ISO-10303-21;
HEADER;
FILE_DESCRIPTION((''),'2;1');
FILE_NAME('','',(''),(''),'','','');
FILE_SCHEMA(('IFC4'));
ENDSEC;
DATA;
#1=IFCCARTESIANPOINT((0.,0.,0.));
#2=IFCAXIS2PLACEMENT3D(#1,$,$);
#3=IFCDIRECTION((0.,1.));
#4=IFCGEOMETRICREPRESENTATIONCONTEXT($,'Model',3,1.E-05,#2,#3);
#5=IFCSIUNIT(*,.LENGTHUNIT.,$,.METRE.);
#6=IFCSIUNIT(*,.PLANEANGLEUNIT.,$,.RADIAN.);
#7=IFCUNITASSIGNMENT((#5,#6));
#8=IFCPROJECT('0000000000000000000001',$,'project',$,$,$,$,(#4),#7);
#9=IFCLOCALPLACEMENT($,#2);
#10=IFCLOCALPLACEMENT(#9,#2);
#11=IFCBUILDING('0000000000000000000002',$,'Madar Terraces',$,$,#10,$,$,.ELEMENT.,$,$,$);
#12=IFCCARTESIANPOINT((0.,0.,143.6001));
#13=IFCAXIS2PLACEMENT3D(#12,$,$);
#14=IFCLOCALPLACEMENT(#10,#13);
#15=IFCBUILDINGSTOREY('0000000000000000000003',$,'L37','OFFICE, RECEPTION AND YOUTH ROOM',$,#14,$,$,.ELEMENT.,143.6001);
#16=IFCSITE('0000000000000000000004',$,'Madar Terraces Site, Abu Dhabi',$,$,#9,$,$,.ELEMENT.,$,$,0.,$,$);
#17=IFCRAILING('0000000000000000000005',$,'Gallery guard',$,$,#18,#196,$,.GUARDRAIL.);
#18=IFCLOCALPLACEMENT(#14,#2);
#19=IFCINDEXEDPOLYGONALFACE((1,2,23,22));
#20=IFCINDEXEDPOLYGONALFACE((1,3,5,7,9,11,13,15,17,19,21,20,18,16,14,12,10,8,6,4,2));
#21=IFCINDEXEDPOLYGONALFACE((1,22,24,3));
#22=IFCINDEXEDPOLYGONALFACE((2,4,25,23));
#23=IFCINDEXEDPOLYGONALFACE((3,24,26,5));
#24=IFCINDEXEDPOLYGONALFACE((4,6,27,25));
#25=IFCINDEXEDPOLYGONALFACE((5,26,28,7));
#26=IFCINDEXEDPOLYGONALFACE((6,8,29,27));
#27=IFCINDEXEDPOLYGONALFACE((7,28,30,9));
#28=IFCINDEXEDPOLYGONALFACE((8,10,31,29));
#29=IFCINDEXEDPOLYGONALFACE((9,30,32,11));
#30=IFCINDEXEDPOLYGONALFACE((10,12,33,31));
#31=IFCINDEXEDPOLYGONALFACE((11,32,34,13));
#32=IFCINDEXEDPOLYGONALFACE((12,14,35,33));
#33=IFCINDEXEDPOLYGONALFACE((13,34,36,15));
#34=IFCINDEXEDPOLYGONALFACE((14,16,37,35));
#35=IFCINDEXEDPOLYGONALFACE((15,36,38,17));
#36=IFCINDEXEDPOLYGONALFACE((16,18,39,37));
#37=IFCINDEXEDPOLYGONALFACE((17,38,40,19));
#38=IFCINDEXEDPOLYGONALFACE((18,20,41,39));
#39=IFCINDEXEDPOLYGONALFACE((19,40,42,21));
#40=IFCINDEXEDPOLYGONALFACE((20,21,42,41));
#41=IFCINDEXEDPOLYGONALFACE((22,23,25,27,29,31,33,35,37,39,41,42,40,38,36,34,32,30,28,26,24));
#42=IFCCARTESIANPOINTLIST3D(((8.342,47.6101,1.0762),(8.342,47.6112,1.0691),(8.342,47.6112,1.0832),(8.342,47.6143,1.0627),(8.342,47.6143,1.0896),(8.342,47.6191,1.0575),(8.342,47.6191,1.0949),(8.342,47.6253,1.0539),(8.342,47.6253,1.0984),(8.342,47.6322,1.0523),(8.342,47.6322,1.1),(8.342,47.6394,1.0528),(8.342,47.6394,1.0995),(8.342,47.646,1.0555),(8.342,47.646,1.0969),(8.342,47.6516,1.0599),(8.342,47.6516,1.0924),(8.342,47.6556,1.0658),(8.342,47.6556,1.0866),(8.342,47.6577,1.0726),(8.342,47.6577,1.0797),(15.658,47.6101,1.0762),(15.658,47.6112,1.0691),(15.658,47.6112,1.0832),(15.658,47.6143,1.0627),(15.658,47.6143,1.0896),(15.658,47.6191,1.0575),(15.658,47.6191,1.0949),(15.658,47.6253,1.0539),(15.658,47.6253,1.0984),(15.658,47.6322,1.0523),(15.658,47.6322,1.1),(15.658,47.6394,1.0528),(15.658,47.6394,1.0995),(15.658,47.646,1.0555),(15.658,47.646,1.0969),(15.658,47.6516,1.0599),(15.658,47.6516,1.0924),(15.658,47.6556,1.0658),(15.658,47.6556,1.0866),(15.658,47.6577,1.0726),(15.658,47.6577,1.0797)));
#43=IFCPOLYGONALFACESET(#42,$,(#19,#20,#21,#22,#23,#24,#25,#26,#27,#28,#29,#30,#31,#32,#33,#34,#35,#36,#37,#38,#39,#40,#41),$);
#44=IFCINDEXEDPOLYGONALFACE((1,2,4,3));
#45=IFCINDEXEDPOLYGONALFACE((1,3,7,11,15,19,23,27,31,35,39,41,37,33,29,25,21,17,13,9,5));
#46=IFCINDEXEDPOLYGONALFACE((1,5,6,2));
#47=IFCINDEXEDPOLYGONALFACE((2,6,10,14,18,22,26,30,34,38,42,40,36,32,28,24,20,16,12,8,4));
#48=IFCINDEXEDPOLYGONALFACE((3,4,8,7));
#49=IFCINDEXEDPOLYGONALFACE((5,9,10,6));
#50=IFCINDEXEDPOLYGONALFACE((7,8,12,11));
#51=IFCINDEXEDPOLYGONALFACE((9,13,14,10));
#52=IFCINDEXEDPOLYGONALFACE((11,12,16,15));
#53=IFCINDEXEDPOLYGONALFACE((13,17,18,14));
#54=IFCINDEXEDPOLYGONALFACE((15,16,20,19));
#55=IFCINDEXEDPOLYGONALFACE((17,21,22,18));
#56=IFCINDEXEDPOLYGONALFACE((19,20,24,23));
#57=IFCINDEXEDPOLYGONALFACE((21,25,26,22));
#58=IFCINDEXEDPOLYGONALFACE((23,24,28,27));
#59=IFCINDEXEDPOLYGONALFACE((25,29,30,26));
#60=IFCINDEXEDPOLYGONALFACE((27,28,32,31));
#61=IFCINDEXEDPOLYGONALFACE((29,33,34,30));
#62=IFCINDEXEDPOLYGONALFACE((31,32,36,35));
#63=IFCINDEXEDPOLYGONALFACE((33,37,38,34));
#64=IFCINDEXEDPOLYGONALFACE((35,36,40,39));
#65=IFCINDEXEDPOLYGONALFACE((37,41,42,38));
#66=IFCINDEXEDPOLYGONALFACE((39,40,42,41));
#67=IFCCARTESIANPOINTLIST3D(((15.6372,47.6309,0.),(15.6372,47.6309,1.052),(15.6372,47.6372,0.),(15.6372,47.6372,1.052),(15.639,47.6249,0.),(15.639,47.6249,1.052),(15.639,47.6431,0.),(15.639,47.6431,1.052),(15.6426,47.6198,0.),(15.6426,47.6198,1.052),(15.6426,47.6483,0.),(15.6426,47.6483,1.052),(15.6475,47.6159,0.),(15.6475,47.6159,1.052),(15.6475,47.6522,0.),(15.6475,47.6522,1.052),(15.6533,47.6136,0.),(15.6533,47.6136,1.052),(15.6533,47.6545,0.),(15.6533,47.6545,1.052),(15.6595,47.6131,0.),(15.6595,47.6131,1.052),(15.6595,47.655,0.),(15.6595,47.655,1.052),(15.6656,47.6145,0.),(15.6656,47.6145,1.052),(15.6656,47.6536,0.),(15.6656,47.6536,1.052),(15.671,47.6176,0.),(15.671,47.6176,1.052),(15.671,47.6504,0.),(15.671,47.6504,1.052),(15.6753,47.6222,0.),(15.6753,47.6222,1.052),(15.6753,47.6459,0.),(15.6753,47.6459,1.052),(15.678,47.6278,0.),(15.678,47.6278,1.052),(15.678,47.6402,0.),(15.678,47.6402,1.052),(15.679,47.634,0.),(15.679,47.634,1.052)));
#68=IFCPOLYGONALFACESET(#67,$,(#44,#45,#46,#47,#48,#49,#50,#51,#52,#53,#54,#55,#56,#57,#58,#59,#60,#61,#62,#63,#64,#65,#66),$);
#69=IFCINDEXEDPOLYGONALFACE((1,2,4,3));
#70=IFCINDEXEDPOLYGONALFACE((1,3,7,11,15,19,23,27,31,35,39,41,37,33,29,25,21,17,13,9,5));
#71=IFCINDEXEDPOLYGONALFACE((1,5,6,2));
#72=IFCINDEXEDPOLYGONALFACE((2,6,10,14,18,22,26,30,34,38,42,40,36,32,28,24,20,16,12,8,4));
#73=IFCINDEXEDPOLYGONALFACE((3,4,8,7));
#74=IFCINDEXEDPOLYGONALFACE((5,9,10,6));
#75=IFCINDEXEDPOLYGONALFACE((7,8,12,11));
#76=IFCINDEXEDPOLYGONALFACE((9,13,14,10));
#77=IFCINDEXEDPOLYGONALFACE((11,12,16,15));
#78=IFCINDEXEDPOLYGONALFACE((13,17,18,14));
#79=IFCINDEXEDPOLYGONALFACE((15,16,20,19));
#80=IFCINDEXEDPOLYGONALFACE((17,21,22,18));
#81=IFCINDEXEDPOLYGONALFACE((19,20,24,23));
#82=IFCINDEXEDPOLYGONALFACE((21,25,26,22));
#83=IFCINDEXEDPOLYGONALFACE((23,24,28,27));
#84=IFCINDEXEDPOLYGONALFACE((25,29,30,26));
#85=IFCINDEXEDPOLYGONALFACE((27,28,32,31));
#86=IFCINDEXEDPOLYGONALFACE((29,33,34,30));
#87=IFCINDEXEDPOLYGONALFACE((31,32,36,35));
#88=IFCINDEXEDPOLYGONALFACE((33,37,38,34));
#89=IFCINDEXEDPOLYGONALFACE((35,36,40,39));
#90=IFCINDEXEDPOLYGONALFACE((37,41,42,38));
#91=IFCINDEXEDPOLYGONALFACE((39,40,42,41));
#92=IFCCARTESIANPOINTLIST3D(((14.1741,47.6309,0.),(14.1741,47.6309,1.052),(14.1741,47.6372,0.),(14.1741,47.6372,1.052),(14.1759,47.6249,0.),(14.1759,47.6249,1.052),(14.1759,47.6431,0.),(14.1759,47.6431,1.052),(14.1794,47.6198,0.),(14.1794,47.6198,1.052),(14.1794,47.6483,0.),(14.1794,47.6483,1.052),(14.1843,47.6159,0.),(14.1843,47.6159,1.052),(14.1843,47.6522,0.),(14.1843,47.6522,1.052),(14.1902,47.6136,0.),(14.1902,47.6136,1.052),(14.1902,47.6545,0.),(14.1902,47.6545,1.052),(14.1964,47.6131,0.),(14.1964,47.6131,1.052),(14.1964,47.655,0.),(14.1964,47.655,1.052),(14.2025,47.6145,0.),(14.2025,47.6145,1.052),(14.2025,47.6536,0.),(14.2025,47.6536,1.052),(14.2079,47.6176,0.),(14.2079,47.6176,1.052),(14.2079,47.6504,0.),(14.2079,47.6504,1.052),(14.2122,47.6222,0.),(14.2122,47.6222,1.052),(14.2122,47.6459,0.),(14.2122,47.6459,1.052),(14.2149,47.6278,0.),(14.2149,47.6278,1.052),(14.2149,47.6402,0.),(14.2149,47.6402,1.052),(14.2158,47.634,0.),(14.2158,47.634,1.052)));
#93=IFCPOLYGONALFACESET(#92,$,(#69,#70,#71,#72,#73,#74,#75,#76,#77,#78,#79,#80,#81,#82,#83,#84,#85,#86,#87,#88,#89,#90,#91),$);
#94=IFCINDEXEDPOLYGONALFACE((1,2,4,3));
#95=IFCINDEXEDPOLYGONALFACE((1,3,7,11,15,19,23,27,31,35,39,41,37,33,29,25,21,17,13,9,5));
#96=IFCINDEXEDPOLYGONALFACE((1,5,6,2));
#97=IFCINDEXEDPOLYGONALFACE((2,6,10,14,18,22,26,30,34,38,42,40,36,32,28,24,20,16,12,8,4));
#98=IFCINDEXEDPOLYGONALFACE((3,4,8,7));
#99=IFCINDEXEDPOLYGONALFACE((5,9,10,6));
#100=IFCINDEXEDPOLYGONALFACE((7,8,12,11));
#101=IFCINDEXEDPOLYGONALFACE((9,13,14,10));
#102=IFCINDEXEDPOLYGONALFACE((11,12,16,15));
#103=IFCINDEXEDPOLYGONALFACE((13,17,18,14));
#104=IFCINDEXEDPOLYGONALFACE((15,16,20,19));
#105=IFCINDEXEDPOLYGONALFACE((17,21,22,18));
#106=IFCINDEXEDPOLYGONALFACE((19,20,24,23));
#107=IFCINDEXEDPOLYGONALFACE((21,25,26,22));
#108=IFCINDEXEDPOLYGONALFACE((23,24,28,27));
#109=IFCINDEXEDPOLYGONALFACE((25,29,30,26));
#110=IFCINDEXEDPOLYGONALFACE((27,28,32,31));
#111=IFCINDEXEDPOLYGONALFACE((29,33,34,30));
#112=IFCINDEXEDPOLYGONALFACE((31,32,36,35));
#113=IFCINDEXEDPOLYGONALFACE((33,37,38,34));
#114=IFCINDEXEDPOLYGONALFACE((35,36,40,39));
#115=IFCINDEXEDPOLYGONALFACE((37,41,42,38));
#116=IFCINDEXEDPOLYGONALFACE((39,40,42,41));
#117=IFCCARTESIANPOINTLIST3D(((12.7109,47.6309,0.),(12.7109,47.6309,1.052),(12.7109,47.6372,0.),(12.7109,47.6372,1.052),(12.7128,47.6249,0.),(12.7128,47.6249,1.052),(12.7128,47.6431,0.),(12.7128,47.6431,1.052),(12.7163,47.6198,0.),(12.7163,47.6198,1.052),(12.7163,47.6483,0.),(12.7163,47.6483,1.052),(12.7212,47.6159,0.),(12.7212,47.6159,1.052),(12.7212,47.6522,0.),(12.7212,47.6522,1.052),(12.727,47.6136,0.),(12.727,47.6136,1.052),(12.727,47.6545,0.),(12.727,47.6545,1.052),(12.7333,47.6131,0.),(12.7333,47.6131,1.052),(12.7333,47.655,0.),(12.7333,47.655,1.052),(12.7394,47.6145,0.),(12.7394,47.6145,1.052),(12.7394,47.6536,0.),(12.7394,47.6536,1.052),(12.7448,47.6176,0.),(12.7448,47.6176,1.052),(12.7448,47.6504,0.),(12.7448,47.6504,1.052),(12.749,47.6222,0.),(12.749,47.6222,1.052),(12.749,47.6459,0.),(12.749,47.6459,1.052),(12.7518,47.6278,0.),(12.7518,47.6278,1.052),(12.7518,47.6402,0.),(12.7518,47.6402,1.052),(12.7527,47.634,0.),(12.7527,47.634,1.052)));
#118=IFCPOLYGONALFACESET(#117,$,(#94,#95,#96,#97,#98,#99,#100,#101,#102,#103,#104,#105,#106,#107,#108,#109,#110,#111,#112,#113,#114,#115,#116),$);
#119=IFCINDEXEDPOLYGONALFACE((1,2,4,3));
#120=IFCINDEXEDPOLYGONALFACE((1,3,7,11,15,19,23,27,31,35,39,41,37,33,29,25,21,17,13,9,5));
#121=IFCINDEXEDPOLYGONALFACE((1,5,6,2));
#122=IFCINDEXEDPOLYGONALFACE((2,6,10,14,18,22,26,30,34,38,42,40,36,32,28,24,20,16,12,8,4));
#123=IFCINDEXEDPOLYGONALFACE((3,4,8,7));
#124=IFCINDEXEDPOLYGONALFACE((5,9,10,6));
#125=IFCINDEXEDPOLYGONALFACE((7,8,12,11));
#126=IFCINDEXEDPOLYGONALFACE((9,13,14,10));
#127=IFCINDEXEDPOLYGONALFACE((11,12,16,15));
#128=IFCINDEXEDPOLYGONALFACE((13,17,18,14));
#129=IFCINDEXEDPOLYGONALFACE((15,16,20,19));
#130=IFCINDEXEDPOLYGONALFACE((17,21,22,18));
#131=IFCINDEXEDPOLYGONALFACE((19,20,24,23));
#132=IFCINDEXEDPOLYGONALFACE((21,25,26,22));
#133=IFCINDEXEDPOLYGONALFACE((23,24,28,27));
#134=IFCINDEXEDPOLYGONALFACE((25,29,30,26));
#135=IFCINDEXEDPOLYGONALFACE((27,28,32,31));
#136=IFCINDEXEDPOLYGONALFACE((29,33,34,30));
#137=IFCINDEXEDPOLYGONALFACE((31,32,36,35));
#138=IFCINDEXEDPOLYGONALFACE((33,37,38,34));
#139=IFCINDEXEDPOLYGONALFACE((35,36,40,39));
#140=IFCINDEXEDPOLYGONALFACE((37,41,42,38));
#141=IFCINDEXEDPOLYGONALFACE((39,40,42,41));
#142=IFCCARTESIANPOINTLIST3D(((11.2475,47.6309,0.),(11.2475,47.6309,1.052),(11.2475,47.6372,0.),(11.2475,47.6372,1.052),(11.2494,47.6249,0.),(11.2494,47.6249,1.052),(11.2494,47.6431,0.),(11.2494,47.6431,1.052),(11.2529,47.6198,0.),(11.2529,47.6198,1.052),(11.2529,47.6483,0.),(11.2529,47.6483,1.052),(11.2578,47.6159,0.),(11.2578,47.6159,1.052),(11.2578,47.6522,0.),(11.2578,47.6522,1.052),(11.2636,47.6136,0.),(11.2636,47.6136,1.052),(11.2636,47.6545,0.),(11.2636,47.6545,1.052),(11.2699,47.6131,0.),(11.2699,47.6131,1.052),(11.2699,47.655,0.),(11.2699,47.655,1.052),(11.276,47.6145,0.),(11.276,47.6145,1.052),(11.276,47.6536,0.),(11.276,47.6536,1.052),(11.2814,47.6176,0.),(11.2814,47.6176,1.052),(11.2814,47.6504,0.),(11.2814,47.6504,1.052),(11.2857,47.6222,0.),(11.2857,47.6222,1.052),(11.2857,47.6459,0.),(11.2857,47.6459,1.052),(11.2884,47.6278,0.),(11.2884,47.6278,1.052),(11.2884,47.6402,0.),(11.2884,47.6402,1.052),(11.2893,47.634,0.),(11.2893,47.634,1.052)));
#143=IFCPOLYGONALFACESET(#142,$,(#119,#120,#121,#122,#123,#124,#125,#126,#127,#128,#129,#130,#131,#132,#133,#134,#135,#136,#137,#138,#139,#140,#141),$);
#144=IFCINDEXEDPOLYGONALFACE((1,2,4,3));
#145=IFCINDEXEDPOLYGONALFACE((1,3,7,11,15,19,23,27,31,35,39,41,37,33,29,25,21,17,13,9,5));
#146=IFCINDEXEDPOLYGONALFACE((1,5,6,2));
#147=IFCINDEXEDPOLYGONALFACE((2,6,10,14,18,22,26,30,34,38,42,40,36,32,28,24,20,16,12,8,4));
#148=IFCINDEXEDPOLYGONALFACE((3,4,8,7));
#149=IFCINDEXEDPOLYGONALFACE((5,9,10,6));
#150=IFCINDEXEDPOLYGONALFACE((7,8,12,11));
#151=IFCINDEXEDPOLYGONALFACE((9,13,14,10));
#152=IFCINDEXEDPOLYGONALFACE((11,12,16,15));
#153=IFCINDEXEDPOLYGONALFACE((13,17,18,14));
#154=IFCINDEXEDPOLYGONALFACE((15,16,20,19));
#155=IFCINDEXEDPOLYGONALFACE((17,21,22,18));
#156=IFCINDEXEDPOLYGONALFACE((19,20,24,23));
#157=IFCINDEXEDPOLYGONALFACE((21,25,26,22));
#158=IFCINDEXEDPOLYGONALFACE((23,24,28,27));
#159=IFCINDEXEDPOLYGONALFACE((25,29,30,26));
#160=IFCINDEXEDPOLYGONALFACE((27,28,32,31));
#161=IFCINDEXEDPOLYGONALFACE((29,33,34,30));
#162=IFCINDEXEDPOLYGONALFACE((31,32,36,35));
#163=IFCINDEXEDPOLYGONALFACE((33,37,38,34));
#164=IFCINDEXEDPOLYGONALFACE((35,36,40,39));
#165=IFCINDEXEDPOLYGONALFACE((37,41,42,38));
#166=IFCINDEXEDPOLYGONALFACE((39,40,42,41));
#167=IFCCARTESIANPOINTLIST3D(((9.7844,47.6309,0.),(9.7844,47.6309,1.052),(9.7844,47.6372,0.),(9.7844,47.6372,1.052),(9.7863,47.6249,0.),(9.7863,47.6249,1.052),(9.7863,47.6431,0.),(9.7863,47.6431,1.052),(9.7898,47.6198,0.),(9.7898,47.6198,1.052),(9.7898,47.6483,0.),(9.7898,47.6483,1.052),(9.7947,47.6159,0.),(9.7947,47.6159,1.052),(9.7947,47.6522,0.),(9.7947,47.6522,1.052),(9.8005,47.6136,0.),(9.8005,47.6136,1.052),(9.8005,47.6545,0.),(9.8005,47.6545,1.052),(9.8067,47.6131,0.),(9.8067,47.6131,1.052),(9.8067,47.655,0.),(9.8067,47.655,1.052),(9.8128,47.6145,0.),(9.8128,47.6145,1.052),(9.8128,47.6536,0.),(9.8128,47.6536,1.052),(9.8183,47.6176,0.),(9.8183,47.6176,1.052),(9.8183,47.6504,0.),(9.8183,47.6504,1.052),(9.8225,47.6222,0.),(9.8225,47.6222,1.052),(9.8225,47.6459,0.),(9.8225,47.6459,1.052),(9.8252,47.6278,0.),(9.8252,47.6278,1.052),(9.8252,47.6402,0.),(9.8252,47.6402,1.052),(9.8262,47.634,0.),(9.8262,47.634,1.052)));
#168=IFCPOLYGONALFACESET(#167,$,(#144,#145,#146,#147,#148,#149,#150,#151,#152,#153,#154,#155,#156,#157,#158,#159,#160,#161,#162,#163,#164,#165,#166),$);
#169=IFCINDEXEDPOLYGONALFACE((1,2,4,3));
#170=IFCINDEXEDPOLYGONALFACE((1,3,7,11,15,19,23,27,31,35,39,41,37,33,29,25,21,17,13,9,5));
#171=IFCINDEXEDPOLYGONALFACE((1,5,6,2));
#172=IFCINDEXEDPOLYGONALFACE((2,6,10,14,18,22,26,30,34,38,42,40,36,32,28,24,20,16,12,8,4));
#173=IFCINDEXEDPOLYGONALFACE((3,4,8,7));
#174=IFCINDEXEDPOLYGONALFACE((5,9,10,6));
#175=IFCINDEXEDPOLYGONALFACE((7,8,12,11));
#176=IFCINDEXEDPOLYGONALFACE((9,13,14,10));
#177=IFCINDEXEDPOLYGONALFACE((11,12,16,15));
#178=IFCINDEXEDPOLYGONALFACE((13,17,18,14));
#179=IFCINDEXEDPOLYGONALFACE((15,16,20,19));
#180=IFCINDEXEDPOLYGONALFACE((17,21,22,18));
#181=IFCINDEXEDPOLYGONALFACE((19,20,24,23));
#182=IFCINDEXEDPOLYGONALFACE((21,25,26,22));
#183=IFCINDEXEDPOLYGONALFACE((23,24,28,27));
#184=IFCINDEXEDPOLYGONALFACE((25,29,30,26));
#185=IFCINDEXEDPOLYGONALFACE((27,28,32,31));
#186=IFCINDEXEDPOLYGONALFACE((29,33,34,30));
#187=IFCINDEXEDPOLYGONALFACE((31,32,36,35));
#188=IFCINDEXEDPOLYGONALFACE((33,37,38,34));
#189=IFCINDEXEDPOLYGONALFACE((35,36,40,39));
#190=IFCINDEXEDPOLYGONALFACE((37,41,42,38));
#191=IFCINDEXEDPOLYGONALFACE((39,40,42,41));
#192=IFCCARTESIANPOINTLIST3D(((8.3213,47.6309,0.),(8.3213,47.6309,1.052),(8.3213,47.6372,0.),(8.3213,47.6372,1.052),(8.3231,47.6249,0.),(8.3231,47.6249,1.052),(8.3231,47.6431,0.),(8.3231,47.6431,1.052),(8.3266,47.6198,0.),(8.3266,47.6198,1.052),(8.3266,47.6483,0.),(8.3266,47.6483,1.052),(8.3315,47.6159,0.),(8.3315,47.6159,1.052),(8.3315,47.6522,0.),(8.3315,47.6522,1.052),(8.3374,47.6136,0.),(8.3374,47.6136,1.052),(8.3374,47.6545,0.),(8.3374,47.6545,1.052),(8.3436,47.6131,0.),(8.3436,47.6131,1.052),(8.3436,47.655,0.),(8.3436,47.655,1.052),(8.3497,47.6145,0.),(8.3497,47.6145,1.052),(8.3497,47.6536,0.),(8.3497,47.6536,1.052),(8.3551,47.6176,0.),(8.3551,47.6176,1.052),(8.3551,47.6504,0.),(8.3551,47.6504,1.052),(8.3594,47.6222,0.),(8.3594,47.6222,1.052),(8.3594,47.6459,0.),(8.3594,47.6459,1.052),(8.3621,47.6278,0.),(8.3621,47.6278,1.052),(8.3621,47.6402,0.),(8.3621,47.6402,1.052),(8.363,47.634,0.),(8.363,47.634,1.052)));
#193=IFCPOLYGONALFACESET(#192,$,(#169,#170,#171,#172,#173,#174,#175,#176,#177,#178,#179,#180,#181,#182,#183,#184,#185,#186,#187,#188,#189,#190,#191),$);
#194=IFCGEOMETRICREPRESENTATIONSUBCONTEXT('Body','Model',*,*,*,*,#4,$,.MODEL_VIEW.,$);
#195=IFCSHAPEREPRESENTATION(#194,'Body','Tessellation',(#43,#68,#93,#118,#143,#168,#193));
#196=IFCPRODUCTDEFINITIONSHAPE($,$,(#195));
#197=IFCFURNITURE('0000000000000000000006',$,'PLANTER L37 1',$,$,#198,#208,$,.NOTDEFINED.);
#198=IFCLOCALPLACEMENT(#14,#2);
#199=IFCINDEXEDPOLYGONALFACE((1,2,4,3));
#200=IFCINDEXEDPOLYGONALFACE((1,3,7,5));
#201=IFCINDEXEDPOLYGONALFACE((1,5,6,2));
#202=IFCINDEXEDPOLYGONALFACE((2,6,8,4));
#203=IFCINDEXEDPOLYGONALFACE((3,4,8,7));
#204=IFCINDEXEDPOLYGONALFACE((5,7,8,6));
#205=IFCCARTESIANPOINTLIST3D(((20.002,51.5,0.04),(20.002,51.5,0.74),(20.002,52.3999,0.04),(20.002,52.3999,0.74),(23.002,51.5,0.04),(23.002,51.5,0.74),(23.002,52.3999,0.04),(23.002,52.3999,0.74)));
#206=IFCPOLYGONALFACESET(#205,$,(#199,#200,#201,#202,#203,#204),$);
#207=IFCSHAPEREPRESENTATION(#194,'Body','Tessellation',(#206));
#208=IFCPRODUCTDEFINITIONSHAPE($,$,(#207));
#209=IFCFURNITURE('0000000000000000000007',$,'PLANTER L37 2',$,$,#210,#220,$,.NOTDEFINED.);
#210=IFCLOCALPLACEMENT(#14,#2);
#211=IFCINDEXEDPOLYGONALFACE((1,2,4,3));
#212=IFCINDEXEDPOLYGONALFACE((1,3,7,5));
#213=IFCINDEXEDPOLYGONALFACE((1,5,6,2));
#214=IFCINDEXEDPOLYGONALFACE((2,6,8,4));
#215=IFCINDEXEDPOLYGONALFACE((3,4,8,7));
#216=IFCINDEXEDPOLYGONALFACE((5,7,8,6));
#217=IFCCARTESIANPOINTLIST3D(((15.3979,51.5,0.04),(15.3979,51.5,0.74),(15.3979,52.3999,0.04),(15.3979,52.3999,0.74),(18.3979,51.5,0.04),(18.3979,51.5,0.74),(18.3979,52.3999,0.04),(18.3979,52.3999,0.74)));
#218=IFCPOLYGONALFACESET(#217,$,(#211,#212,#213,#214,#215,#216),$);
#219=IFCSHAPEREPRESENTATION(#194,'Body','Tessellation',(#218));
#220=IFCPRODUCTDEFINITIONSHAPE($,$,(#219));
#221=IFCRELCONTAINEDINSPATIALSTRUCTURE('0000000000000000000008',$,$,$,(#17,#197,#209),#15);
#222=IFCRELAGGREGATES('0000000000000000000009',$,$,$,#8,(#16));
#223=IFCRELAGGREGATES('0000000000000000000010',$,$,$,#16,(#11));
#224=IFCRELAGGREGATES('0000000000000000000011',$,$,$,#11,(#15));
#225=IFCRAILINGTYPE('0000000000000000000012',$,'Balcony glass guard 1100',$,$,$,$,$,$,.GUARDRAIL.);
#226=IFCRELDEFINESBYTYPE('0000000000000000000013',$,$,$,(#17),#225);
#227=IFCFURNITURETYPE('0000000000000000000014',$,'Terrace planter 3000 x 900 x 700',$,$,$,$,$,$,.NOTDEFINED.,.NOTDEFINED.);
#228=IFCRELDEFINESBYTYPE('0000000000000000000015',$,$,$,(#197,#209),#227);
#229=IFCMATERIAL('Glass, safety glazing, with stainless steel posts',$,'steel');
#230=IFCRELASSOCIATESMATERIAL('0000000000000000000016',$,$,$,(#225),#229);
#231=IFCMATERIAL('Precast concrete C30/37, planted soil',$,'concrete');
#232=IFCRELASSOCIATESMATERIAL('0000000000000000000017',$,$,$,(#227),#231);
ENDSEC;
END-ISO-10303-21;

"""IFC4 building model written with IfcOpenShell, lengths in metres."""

from ifc_helpers import new_model, si_unit, direction, frame, origin, origin_2d, place, context, subcontext, project, spatial, rectangle, circle, extrude, material, type_object, element, save


model = new_model("IFC4")

# Units and contexts
model_context = context("Model", 3, precision=1e-05, world=origin(), true_north=direction((0.0, 1.0)))
body_context = subcontext(model_context, "Body", "Model", "MODEL_VIEW")
ifc_project = project(units=[si_unit("LENGTHUNIT", "METRE"), si_unit("PLANEANGLEUNIT", "RADIAN")], contexts=[model_context])

# Site, building, storey
site_placement = place(None, origin())
site = spatial("IfcSite", under=ifc_project, at=site_placement, Name="Madar Terraces Site, Abu Dhabi", CompositionType="ELEMENT", RefElevation=0.0)
building_placement = place(site_placement, origin())
building = spatial("IfcBuilding", under=site, at=building_placement, Name="Madar Terraces", CompositionType="ELEMENT")
storey_placement = place(building_placement, frame((0.0, 0.0, 143.6001)))
storey = spatial("IfcBuildingStorey", under=building, at=storey_placement, Name="L37", Description="OFFICE, RECEPTION AND YOUTH ROOM", CompositionType="ELEMENT", Elevation=143.6001)

# Railing
ifc_material_1 = material(Name="Glass, safety glazing, with stainless steel posts", Category="steel")
railing_type = type_object("IfcRailingType", Name="Balcony glass guard 1100", PredefinedType="GUARDRAIL", material=ifc_material_1)
railing_placement = place(storey_placement, frame((15.658, 47.634, 0.0)))
element("IfcRailing", 1, at=railing_placement, inside=storey, type_object=railing_type, Name="Gallery guard", PredefinedType="GUARDRAIL", context=body_context, shape_type="SweptSolid", body=[
    extrude(circle(Radius=0.0239, at=origin_2d()), frame((0.0, 0.0, 1.0762), z_axis=(-1.0, 0.0, 0.0), x_axis=(0.0, -1.0, 0.0)), (0.0, 0.0, 1.0), 7.3159),
    extrude(circle(Radius=0.021, at=origin_2d()), origin(), (0.0, 0.0, 1.0), 1.052),
    extrude(circle(Radius=0.021, at=origin_2d()), frame((-1.4631, 0.0, 0.0)), (0.0, 0.0, 1.0), 1.052),
    extrude(circle(Radius=0.021, at=origin_2d()), frame((-2.9263, 0.0, 0.0)), (0.0, 0.0, 1.0), 1.052),
    extrude(circle(Radius=0.021, at=origin_2d()), frame((-4.3896, 0.0, 0.0)), (0.0, 0.0, 1.0), 1.052),
    extrude(circle(Radius=0.021, at=origin_2d()), frame((-5.8528, 0.0, 0.0)), (0.0, 0.0, 1.0), 1.052),
    extrude(circle(Radius=0.021, at=origin_2d()), frame((-7.3159, 0.0, 0.0)), (0.0, 0.0, 1.0), 1.052),
])

# Furniture
ifc_material_2 = material(Name="Precast concrete C30/37, planted soil", Category="concrete")
furniture_type = type_object("IfcFurnitureType", Name="Terrace planter 3000 x 900 x 700", AssemblyPlace="NOTDEFINED", PredefinedType="NOTDEFINED", material=ifc_material_2)
for number, where, z_axis, x_axis, name in (
    (2, (21.502, 51.95, 0.04), (0.0, 0.0, 1.0), (-1.0, 0.0, 0.0), "PLANTER L37 1"),
    (3, (16.8979, 51.95, 0.04), (0.0, 0.0, 1.0), (-1.0, 0.0, 0.0), "PLANTER L37 2"),
):
    element("IfcFurniture", number, at=place(storey_placement, frame(where, z_axis=z_axis, x_axis=x_axis)), inside=storey, type_object=furniture_type, Name=name, PredefinedType="NOTDEFINED", context=body_context, shape_type="SweptSolid", body=[
        extrude(rectangle(XDim=3.0, YDim=0.8999, at=origin_2d()), origin(), (0.0, 0.0, 1.0), 0.7),
    ])

save(model, "model.ifc")
